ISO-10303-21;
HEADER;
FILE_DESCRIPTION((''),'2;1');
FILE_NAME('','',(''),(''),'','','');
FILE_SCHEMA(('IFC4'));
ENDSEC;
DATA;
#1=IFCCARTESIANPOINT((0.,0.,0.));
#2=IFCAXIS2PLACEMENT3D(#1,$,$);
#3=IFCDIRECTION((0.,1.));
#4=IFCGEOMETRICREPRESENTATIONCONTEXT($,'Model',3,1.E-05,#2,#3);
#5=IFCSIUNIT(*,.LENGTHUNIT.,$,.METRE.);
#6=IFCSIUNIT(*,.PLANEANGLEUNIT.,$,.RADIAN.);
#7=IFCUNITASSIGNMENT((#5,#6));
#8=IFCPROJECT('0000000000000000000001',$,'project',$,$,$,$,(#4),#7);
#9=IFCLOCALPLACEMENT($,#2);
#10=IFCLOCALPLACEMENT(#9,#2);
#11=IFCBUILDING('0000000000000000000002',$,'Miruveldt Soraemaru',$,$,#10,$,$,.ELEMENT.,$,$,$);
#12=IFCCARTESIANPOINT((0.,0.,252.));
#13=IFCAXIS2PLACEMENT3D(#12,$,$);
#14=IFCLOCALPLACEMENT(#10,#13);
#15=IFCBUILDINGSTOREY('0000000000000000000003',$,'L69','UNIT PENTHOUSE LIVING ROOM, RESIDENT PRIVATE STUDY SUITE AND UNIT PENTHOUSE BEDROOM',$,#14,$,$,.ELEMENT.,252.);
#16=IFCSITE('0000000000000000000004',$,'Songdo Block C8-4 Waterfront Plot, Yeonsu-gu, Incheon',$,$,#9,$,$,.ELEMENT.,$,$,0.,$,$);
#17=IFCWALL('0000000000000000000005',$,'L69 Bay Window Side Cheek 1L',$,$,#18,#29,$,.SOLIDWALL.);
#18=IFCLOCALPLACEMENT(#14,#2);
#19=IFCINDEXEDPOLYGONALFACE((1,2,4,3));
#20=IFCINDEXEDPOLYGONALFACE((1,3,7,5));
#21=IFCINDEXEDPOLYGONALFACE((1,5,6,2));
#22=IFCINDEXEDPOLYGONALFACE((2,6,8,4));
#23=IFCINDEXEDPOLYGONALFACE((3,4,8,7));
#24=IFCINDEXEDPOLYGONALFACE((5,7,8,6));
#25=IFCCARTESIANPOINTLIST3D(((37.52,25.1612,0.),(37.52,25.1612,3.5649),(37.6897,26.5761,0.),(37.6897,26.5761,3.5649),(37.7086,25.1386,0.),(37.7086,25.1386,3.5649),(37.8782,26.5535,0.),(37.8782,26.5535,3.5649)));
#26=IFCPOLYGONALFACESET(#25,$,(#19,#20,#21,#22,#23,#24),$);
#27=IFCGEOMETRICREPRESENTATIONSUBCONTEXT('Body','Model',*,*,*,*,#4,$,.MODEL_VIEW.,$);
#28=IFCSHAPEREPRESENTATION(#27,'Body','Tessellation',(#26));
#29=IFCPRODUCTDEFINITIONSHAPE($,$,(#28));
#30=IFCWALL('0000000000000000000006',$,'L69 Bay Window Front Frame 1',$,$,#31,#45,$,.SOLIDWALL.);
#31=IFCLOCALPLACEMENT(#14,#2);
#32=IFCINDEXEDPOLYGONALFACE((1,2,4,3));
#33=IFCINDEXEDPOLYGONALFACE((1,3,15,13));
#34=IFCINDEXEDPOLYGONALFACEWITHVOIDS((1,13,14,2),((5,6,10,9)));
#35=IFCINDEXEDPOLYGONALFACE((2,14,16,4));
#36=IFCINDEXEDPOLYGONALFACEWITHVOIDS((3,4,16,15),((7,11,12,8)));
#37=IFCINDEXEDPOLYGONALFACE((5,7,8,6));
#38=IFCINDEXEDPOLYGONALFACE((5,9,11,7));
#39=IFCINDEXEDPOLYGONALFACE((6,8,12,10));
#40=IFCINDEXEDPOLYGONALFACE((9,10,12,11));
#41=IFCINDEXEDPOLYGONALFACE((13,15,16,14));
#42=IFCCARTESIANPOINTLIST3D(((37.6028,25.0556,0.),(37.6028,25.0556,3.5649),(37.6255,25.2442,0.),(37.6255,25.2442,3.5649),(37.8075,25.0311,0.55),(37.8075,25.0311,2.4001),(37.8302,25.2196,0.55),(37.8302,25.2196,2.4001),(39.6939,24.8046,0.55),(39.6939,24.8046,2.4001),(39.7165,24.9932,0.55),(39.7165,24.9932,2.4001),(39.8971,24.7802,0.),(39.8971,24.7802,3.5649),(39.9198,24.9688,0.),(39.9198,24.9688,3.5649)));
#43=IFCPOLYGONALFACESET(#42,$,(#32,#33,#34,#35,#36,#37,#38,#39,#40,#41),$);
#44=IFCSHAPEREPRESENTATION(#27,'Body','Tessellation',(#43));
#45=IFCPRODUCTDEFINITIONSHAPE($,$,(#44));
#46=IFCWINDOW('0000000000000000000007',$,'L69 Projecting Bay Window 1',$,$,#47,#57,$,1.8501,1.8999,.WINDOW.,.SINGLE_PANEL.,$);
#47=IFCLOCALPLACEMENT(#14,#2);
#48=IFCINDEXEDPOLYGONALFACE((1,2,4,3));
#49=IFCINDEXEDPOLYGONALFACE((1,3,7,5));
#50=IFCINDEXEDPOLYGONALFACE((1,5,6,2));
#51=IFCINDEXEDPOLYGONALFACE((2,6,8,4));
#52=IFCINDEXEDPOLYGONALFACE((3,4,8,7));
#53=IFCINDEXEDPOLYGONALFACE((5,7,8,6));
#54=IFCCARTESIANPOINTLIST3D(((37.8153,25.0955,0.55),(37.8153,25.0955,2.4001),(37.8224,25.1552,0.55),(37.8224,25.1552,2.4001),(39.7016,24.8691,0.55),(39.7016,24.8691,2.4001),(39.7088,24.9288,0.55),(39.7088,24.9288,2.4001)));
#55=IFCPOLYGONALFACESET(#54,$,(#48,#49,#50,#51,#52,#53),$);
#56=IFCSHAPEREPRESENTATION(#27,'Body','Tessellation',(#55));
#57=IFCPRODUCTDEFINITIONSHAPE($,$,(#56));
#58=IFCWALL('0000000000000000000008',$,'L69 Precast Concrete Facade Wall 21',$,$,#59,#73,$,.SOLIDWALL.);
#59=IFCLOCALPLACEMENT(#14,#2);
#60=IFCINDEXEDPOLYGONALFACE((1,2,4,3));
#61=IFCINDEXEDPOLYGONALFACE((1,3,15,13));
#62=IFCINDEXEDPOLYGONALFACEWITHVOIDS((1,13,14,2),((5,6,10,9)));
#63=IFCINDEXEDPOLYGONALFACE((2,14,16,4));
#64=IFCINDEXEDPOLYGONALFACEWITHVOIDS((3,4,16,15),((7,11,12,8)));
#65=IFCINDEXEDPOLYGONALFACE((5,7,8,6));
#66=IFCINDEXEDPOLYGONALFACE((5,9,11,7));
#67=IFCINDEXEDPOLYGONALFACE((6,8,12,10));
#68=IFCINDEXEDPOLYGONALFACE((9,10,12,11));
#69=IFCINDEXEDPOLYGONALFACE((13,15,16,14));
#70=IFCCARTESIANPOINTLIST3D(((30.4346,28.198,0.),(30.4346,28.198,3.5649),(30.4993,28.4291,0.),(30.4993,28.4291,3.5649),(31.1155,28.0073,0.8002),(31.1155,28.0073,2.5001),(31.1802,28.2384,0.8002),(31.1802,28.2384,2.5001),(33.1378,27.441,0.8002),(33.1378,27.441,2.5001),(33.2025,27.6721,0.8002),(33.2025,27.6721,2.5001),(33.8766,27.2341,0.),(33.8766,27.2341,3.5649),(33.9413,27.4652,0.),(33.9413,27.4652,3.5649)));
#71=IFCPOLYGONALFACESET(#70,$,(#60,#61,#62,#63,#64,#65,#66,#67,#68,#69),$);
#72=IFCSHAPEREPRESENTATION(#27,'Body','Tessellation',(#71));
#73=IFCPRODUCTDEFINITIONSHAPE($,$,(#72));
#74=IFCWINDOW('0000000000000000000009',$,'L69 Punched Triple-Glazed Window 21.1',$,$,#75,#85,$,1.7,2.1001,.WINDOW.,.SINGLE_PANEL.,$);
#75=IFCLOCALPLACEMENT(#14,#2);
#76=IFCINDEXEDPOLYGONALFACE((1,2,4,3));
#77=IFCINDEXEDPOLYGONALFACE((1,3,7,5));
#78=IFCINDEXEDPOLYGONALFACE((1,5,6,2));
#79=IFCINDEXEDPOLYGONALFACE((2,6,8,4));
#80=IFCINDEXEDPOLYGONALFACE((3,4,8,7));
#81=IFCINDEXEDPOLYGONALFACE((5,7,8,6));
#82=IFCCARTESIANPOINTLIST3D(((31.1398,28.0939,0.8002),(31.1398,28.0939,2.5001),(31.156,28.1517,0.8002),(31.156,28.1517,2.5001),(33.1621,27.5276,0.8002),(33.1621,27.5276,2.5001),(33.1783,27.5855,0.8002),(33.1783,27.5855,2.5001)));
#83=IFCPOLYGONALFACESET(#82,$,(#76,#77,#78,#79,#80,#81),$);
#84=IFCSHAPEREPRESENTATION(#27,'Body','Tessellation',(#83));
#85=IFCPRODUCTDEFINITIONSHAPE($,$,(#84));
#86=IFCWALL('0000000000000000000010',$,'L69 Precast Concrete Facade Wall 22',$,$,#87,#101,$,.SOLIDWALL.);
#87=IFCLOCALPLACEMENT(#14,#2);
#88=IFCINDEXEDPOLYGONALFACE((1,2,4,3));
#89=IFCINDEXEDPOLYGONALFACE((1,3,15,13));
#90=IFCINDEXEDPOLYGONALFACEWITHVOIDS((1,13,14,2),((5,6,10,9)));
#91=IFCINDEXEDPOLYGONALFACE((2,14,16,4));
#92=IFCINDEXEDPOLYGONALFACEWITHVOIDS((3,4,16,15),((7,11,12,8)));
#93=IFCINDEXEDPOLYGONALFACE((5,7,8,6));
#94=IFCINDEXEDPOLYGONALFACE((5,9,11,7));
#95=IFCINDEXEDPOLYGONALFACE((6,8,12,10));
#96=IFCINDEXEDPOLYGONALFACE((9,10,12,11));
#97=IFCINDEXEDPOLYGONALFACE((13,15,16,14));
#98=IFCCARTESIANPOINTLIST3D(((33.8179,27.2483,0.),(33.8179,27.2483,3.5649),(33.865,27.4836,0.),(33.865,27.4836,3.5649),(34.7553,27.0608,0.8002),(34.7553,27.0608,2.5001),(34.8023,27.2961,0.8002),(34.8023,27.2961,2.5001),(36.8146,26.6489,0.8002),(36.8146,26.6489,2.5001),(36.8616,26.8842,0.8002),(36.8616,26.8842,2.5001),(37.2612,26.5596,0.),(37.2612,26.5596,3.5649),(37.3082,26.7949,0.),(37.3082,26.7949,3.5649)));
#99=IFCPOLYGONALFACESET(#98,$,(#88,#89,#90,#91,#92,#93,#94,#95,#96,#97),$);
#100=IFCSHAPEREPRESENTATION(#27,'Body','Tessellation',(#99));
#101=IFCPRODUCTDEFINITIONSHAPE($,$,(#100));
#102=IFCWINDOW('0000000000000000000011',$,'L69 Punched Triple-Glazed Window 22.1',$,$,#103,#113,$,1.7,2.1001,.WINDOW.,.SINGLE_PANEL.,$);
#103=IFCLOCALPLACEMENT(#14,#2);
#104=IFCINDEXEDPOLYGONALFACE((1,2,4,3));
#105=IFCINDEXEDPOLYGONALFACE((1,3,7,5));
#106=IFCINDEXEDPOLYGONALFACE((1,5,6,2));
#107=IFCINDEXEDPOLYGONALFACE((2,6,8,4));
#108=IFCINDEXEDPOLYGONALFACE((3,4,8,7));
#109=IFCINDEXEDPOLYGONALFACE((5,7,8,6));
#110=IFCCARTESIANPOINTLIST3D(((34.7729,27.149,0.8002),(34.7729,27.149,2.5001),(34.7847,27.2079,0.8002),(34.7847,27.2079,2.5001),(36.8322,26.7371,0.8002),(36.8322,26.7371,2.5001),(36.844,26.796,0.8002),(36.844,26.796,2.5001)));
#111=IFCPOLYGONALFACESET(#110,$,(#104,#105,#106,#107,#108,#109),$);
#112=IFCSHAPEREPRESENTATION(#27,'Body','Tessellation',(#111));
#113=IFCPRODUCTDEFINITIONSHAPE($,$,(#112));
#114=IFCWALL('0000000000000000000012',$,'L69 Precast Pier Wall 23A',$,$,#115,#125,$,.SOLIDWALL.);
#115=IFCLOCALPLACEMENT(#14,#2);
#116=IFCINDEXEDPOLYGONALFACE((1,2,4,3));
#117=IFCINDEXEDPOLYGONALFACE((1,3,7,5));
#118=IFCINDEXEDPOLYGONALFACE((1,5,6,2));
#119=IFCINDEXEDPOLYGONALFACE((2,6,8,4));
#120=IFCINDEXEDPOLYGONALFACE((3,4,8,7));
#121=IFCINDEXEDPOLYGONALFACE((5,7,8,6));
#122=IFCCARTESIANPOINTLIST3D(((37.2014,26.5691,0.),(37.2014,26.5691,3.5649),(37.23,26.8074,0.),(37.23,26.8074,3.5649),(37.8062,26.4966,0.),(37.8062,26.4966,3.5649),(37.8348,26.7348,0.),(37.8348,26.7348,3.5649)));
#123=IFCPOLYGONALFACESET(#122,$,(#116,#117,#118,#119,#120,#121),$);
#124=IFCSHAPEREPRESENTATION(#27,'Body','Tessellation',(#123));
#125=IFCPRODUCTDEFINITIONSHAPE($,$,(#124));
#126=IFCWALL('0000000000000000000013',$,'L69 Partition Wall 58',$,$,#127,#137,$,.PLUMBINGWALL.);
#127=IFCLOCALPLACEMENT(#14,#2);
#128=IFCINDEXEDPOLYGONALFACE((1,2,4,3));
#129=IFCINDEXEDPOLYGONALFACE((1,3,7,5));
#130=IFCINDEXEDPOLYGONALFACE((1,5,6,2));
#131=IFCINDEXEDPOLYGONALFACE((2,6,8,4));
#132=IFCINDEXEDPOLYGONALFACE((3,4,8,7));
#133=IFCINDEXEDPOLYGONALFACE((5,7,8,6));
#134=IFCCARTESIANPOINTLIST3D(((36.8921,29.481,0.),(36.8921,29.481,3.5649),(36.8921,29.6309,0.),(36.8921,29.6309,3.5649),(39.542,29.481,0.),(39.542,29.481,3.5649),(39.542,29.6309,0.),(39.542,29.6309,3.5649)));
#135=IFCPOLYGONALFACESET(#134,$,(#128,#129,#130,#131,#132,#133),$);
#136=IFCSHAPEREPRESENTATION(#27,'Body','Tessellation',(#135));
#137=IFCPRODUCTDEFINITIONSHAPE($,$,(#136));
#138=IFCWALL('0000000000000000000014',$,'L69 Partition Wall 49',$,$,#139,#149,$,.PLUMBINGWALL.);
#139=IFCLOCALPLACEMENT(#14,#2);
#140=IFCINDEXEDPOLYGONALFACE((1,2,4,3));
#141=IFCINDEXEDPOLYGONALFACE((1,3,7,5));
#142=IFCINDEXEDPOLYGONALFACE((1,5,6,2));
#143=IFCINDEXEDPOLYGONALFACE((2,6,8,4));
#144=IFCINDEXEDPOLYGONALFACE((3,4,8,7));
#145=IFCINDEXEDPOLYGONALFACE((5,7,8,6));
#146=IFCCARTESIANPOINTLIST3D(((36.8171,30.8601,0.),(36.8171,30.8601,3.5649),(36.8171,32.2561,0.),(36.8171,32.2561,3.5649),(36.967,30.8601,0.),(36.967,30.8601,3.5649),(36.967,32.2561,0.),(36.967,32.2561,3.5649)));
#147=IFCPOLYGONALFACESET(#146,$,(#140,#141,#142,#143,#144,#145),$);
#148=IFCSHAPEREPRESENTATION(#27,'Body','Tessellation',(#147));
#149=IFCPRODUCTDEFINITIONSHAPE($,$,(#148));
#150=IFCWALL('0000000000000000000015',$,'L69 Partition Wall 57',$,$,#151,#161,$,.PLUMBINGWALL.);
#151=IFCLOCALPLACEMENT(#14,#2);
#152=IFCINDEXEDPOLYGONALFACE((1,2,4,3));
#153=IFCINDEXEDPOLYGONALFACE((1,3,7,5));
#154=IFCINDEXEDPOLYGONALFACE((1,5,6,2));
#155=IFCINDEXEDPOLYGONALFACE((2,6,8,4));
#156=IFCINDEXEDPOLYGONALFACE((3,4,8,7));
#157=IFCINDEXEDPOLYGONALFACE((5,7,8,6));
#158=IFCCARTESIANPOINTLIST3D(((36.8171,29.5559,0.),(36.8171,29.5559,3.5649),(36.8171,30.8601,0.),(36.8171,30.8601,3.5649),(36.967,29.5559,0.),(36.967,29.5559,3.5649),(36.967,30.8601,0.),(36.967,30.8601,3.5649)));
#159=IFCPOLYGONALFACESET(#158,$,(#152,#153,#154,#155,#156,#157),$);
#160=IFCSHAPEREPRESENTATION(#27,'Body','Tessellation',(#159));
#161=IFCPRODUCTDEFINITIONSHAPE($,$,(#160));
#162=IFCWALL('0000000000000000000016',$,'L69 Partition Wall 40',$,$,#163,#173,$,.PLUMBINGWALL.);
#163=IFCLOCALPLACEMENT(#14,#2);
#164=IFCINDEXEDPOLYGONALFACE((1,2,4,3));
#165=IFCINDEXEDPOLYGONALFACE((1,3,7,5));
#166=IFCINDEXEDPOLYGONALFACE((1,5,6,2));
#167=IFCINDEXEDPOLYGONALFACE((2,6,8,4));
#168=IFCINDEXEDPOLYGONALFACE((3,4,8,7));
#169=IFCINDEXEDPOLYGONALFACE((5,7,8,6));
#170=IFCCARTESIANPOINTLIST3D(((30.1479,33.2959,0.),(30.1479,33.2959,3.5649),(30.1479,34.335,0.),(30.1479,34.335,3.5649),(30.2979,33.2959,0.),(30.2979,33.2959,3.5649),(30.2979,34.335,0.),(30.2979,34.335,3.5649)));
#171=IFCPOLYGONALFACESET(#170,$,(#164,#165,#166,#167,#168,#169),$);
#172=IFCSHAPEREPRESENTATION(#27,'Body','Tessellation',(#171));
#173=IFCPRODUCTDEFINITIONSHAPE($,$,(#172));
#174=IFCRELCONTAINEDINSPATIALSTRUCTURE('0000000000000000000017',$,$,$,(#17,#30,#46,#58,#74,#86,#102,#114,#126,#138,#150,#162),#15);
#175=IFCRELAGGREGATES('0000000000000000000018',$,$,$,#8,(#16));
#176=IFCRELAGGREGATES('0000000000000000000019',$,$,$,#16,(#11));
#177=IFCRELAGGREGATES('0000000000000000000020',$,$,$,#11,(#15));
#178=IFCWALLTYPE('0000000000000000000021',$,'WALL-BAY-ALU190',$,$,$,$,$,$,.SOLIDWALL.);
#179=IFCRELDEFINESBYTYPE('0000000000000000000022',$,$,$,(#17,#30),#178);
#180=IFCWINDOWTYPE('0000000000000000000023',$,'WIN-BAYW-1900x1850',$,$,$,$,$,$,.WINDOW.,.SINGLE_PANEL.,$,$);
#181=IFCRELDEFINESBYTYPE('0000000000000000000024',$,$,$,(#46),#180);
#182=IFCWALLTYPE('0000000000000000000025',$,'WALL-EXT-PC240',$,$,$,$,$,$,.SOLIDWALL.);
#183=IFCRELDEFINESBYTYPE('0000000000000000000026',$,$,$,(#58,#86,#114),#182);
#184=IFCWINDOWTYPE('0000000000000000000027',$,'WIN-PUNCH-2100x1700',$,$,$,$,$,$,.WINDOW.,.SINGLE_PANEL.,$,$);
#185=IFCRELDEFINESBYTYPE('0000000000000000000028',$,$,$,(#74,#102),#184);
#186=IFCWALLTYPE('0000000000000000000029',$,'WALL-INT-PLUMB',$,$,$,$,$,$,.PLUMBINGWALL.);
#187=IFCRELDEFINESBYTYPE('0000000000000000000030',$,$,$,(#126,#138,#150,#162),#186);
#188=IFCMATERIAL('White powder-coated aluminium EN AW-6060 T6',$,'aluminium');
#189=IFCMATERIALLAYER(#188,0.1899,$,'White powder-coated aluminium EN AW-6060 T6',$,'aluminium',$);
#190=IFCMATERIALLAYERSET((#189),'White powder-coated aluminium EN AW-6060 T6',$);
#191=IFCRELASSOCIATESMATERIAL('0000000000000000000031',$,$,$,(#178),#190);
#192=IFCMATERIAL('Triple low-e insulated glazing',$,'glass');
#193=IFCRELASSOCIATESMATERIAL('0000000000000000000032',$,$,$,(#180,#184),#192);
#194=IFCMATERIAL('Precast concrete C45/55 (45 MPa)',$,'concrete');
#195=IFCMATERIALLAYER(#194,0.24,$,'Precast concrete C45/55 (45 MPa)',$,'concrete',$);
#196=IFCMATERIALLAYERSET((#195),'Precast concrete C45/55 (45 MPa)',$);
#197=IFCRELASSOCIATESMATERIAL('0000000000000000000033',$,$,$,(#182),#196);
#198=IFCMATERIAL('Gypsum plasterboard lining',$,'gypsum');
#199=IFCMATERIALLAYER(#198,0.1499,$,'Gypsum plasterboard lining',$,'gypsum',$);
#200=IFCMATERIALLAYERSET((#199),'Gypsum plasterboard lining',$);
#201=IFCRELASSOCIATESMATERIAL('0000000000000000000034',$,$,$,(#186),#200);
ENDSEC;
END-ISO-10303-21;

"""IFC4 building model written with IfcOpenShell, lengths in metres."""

from ifc_helpers import new_model, si_unit, direction, frame, frame_2d, origin, place, context, subcontext, project, spatial, rectangle, extrude, material, layer, layer_set, type_object, element, fill, save


model = new_model("IFC4")

# Units and contexts
model_context = context("Model", 3, precision=1e-05, world=origin(), true_north=direction((0.0, 1.0)))
body_context = subcontext(model_context, "Body", "Model", "MODEL_VIEW")
ifc_project = project(units=[si_unit("LENGTHUNIT", "METRE"), si_unit("PLANEANGLEUNIT", "RADIAN")], contexts=[model_context])

# Site, building, storey
site_placement = place(None, origin())
site = spatial("IfcSite", under=ifc_project, at=site_placement, Name="Songdo Block C8-4 Waterfront Plot, Yeonsu-gu, Incheon", CompositionType="ELEMENT", RefElevation=0.0)
building_placement = place(site_placement, origin())
building = spatial("IfcBuilding", under=site, at=building_placement, Name="Miruveldt Soraemaru", CompositionType="ELEMENT")
storey_placement = place(building_placement, frame((0.0, 0.0, 252.0)))
storey = spatial("IfcBuildingStorey", under=building, at=storey_placement, Name="L69", Description="UNIT PENTHOUSE LIVING ROOM, RESIDENT PRIVATE STUDY SUITE AND UNIT PENTHOUSE BEDROOM", CompositionType="ELEMENT", Elevation=252.0)

# Wall
ifc_material_1 = material(Name="White powder-coated aluminium EN AW-6060 T6", Category="aluminium")
ifc_layer_1 = layer(ifc_material_1, 0.1899, Name="White powder-coated aluminium EN AW-6060 T6", Category="aluminium")
ifc_layer_set_1 = layer_set([ifc_layer_1], Name="White powder-coated aluminium EN AW-6060 T6")
wall_type_1 = type_object("IfcWallType", Name="WALL-BAY-ALU190", PredefinedType="SOLIDWALL", material=ifc_layer_set_1)
wall_1_placement = place(storey_placement, frame((37.7839, 26.5647, 0.0), z_axis=(0.0, 0.0, 1.0), x_axis=(-0.119078, -0.992885, 0.0)))
element("IfcWall", 1, at=wall_1_placement, inside=storey, type_object=wall_type_1, Name="L69 Bay Window Side Cheek 1L", PredefinedType="SOLIDWALL", context=body_context, shape_type="SweptSolid", body=[
    extrude(rectangle(XDim=1.425, YDim=0.1899, at=frame_2d((0.7124, 0.0))), origin(), (0.0, 0.0, 1.0), 3.5649),
])

# Walls, openings, windows
wall_2_placement = place(storey_placement, frame((37.6143, 25.1499, 0.0), z_axis=(0.0, 0.0, 1.0), x_axis=(0.992874, -0.11917, 0.0)))
wall_2 = element("IfcWall", 2, at=wall_2_placement, inside=storey, type_object=wall_type_1, Name="L69 Bay Window Front Frame 1", PredefinedType="SOLIDWALL", context=body_context, shape_type="SweptSolid", body=[
    extrude(rectangle(XDim=2.3108, YDim=0.1899, at=frame_2d((1.1553, 0.0))), origin(), (0.0, 0.0, 1.0), 3.5649),
])
opening_1_placement = place(wall_2_placement, frame((0.2061, 0.0, 0.55)))
opening_1 = element("IfcOpeningElement", 3, at=opening_1_placement, cuts=wall_2, PredefinedType="OPENING", context=body_context, shape_type="SweptSolid", body=[
    extrude(rectangle(XDim=1.8999, YDim=1.8501, at=frame_2d((0.95, 0.925))), frame((0.0, 0.105, 0.0), z_axis=(0.0, -1.0, 0.0), x_axis=(1.0, 0.0, 0.0)), (0.0, 0.0, 1.0), 0.21),
])
ifc_material_2 = material(Name="Triple low-e insulated glazing", Category="glass")
window_type_1 = type_object("IfcWindowType", Name="WIN-BAYW-1900x1850", PartitioningType="SINGLE_PANEL", PredefinedType="WINDOW", material=ifc_material_2)
window_1_placement = place(opening_1_placement, origin())
window_1 = element("IfcWindow", 4, at=window_1_placement, inside=storey, type_object=window_type_1, Name="L69 Projecting Bay Window 1", OverallHeight=1.8501, OverallWidth=1.8999, PartitioningType="SINGLE_PANEL", PredefinedType="WINDOW", context=body_context, shape_type="SweptSolid", body=[
    extrude(rectangle(XDim=1.8999, YDim=1.8501, at=frame_2d((0.95, 0.925))), frame((0.0, 0.03, 0.0), z_axis=(0.0, -1.0, 0.0), x_axis=(1.0, 0.0, 0.0)), (0.0, 0.0, 1.0), 0.0601),
])
fill(opening_1, window_1)
ifc_material_3 = material(Name="Precast concrete C45/55 (45 MPa)", Category="concrete")
ifc_layer_2 = layer(ifc_material_3, 0.24, Name="Precast concrete C45/55 (45 MPa)", Category="concrete")
ifc_layer_set_2 = layer_set([ifc_layer_2], Name="Precast concrete C45/55 (45 MPa)")
wall_type_2 = type_object("IfcWallType", Name="WALL-EXT-PC240", PredefinedType="SOLIDWALL", material=ifc_layer_set_2)
wall_3_placement = place(storey_placement, frame((30.467, 28.3135, 0.0), z_axis=(0.0, 0.0, 1.0), x_axis=(0.962959, -0.269648, 0.0)))
wall_3 = element("IfcWall", 5, at=wall_3_placement, inside=storey, type_object=wall_type_2, Name="L69 Precast Concrete Facade Wall 21", PredefinedType="SOLIDWALL", context=body_context, shape_type="SweptSolid", body=[
    extrude(rectangle(XDim=3.5745, YDim=0.24, at=frame_2d((1.7871, 0.0))), origin(), (0.0, 0.0, 1.0), 3.5649),
])
opening_2_placement = place(wall_3_placement, frame((0.707, 0.0, 0.8)))
opening_2 = element("IfcOpeningElement", 6, at=opening_2_placement, cuts=wall_3, PredefinedType="OPENING", context=body_context, shape_type="SweptSolid", body=[
    extrude(rectangle(XDim=2.1001, YDim=1.7, at=frame_2d((1.05, 0.8501))), frame((0.0, 0.1299, 0.0), z_axis=(0.0, -1.0, 0.0), x_axis=(1.0, 0.0, 0.0)), (0.0, 0.0, 1.0), 0.26),
])
window_type_2 = type_object("IfcWindowType", Name="WIN-PUNCH-2100x1700", PartitioningType="SINGLE_PANEL", PredefinedType="WINDOW", material=ifc_material_2)
window_2_placement = place(opening_2_placement, origin())
window_2 = element("IfcWindow", 7, at=window_2_placement, inside=storey, type_object=window_type_2, Name="L69 Punched Triple-Glazed Window 21.1", OverallHeight=1.7, OverallWidth=2.1001, PartitioningType="SINGLE_PANEL", PredefinedType="WINDOW", context=body_context, shape_type="SweptSolid", body=[
    extrude(rectangle(XDim=2.1001, YDim=1.7, at=frame_2d((1.05, 0.8501))), frame((0.0, 0.03, 0.0), z_axis=(0.0, -1.0, 0.0), x_axis=(1.0, 0.0, 0.0)), (0.0, 0.0, 1.0), 0.0601),
])
fill(opening_2, window_2)
wall_4_placement = place(storey_placement, frame((33.8413, 27.366, 0.0), z_axis=(0.0, 0.0, 1.0), x_axis=(0.980578, -0.19613, 0.0)))
wall_4 = element("IfcWall", 8, at=wall_4_placement, inside=storey, type_object=wall_type_2, Name="L69 Precast Concrete Facade Wall 22", PredefinedType="SOLIDWALL", context=body_context, shape_type="SweptSolid", body=[
    extrude(rectangle(XDim=3.5115, YDim=0.24, at=frame_2d((1.7559, 0.0))), origin(), (0.0, 0.0, 1.0), 3.5649),
])
opening_3_placement = place(wall_4_placement, frame((0.9561, 0.0, 0.8)))
opening_3 = element("IfcOpeningElement", 9, at=opening_3_placement, cuts=wall_4, PredefinedType="OPENING", context=body_context, shape_type="SweptSolid", body=[
    extrude(rectangle(XDim=2.1001, YDim=1.7, at=frame_2d((1.05, 0.8501))), frame((0.0, 0.1299, 0.0), z_axis=(0.0, -1.0, 0.0), x_axis=(1.0, 0.0, 0.0)), (0.0, 0.0, 1.0), 0.26),
])
window_3_placement = place(opening_3_placement, origin())
window_3 = element("IfcWindow", 10, at=window_3_placement, inside=storey, type_object=window_type_2, Name="L69 Punched Triple-Glazed Window 22.1", OverallHeight=1.7, OverallWidth=2.1001, PartitioningType="SINGLE_PANEL", PredefinedType="WINDOW", context=body_context, shape_type="SweptSolid", body=[
    extrude(rectangle(XDim=2.1001, YDim=1.7, at=frame_2d((1.05, 0.8501))), frame((0.0, 0.03, 0.0), z_axis=(0.0, -1.0, 0.0), x_axis=(1.0, 0.0, 0.0)), (0.0, 0.0, 1.0), 0.0601),
])
fill(opening_3, window_3)

# Walls
wall_5_placement = place(storey_placement, frame((37.2156, 26.6882, 0.0), z_axis=(0.0, 0.0, 1.0), x_axis=(0.992888, -0.11905, 0.0)))
element("IfcWall", 11, at=wall_5_placement, inside=storey, type_object=wall_type_2, Name="L69 Precast Pier Wall 23A", PredefinedType="SOLIDWALL", context=body_context, shape_type="SweptSolid", body=[
    extrude(rectangle(XDim=0.6091, YDim=0.24, at=frame_2d((0.3047, 0.0))), origin(), (0.0, 0.0, 1.0), 3.5649),
])
ifc_material_4 = material(Name="Gypsum plasterboard lining", Category="gypsum")
ifc_layer_3 = layer(ifc_material_4, 0.1499, Name="Gypsum plasterboard lining", Category="gypsum")
ifc_layer_set_3 = layer_set([ifc_layer_3], Name="Gypsum plasterboard lining")
wall_type_3 = type_object("IfcWallType", Name="WALL-INT-PLUMB", PredefinedType="PLUMBINGWALL", material=ifc_layer_set_3)
wall_6_placement = place(storey_placement, frame((36.8921, 29.5559, 0.0), z_axis=(0.0, 0.0, 1.0), x_axis=(1.0, 0.0, 0.0)))
element("IfcWall", 12, at=wall_6_placement, inside=storey, type_object=wall_type_3, Name="L69 Partition Wall 58", PredefinedType="PLUMBINGWALL", context=body_context, shape_type="SweptSolid", body=[
    extrude(rectangle(XDim=2.6499, YDim=0.1499, at=frame_2d((1.325, 0.0))), origin(), (0.0, 0.0, 1.0), 3.5649),
])
wall_7_placement = place(storey_placement, frame((36.8921, 32.2561, 0.0), z_axis=(0.0, 0.0, 1.0), x_axis=(0.0, -1.0, 0.0)))
element("IfcWall", 13, at=wall_7_placement, inside=storey, type_object=wall_type_3, Name="L69 Partition Wall 49", PredefinedType="PLUMBINGWALL", context=body_context, shape_type="SweptSolid", body=[
    extrude(rectangle(XDim=1.396, YDim=0.1499, at=frame_2d((0.698, 0.0))), origin(), (0.0, 0.0, 1.0), 3.5649),
])
wall_8_placement = place(storey_placement, frame((36.8921, 30.8601, 0.0), z_axis=(0.0, 0.0, 1.0), x_axis=(0.0, -1.0, 0.0)))
element("IfcWall", 14, at=wall_8_placement, inside=storey, type_object=wall_type_3, Name="L69 Partition Wall 57", PredefinedType="PLUMBINGWALL", context=body_context, shape_type="SweptSolid", body=[
    extrude(rectangle(XDim=1.3042, YDim=0.1499, at=frame_2d((0.6521, 0.0))), origin(), (0.0, 0.0, 1.0), 3.5649),
])
wall_9_placement = place(storey_placement, frame((30.2229, 33.2959, 0.0), z_axis=(0.0, 0.0, 1.0), x_axis=(0.0, 1.0, 0.0)))
element("IfcWall", 15, at=wall_9_placement, inside=storey, type_object=wall_type_3, Name="L69 Partition Wall 40", PredefinedType="PLUMBINGWALL", context=body_context, shape_type="SweptSolid", body=[
    extrude(rectangle(XDim=1.0391, YDim=0.1499, at=frame_2d((0.5195, 0.0))), origin(), (0.0, 0.0, 1.0), 3.5649),
])

save(model, "model.ifc")
